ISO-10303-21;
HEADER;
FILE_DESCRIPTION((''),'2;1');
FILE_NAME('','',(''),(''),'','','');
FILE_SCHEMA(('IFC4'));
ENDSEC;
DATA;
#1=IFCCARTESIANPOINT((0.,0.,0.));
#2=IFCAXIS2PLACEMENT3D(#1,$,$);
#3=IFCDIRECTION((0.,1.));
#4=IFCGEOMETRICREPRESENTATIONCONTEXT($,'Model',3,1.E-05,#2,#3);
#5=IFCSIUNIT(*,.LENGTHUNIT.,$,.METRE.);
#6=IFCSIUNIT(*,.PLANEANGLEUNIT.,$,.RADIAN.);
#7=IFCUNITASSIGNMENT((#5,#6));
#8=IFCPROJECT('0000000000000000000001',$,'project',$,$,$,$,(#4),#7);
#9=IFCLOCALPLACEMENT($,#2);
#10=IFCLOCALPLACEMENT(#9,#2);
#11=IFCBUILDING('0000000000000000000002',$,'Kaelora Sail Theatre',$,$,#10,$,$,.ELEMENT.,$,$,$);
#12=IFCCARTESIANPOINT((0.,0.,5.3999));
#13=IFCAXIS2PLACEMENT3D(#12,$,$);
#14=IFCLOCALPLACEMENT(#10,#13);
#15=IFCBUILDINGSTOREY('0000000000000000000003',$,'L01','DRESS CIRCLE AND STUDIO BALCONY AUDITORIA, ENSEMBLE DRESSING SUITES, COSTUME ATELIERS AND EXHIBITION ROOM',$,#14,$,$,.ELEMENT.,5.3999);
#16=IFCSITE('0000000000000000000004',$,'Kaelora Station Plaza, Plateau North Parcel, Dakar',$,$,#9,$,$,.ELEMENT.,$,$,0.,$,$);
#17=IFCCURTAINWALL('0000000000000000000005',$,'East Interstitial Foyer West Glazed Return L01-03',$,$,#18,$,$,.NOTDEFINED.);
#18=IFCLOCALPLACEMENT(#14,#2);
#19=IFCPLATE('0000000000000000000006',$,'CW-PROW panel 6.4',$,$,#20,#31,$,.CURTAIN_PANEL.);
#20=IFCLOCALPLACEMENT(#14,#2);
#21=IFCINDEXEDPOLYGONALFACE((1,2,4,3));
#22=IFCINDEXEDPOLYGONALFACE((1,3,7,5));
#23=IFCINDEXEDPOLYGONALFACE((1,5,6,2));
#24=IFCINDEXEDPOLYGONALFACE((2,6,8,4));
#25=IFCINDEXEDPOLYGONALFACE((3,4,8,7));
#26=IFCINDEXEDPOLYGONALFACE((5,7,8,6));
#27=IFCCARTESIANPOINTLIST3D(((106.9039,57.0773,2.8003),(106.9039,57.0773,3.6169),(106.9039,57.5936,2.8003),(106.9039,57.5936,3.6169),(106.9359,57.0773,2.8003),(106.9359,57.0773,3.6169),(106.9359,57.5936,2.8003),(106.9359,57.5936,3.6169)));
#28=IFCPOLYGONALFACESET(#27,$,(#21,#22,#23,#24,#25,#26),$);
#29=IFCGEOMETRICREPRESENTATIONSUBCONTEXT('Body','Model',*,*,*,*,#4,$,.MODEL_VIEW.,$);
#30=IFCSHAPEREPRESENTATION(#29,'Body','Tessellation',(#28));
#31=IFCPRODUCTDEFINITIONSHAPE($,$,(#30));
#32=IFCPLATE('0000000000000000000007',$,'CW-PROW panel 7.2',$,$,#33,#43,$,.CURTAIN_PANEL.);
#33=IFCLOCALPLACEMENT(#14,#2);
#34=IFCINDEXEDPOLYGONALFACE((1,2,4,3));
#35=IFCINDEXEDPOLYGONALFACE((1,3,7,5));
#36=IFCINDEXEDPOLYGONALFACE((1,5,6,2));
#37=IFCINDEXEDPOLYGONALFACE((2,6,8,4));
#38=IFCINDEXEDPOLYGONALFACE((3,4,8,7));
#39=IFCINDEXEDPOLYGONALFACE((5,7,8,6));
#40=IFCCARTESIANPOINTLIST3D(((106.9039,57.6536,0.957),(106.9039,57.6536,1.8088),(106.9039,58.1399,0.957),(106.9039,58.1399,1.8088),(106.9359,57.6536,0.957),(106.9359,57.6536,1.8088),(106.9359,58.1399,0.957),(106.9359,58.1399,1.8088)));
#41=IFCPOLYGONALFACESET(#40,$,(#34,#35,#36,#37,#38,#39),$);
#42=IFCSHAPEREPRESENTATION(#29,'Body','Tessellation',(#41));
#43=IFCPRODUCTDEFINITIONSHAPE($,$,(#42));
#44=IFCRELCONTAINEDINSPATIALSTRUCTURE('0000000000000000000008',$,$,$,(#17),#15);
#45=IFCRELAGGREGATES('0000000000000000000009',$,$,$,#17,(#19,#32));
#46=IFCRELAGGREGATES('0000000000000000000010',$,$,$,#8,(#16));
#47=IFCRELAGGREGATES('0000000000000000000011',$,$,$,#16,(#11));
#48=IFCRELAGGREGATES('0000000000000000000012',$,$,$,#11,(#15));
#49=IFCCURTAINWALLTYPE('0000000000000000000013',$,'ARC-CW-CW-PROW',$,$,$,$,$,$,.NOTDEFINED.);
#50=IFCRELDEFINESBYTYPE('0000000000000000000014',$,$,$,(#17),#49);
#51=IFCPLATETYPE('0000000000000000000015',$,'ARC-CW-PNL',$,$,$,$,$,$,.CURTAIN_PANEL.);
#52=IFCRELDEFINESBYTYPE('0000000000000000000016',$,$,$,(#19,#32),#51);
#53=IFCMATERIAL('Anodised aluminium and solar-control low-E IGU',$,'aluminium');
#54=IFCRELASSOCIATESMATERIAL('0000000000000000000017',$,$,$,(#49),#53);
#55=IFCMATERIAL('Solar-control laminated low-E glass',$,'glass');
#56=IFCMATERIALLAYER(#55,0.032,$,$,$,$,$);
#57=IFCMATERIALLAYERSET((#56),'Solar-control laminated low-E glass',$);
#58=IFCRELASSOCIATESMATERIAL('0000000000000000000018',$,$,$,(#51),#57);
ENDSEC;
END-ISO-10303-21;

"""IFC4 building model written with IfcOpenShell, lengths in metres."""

from ifc_helpers import new_model, si_unit, direction, frame, origin, origin_2d, place, context, subcontext, project, spatial, rectangle, extrude, material, layer, layer_set, type_object, element, aggregate, save


model = new_model("IFC4")

# Units and contexts
model_context = context("Model", 3, precision=1e-05, world=origin(), true_north=direction((0.0, 1.0)))
body_context = subcontext(model_context, "Body", "Model", "MODEL_VIEW")
ifc_project = project(units=[si_unit("LENGTHUNIT", "METRE"), si_unit("PLANEANGLEUNIT", "RADIAN")], contexts=[model_context])

# Site, building, storey
site_placement = place(None, origin())
site = spatial("IfcSite", under=ifc_project, at=site_placement, Name="Kaelora Station Plaza, Plateau North Parcel, Dakar", CompositionType="ELEMENT", RefElevation=0.0)
building_placement = place(site_placement, origin())
building = spatial("IfcBuilding", under=site, at=building_placement, Name="Kaelora Sail Theatre", CompositionType="ELEMENT")
storey_placement = place(building_placement, frame((0.0, 0.0, 5.3999)))
storey = spatial("IfcBuildingStorey", under=building, at=storey_placement, Name="L01", Description="DRESS CIRCLE AND STUDIO BALCONY AUDITORIA, ENSEMBLE DRESSING SUITES, COSTUME ATELIERS AND EXHIBITION ROOM", CompositionType="ELEMENT", Elevation=5.3999)

# Curtain wall, plates
ifc_material_1 = material(Name="Anodised aluminium and solar-control low-E IGU", Category="aluminium")
curtain_wall_type = type_object("IfcCurtainWallType", Name="ARC-CW-CW-PROW", PredefinedType="NOTDEFINED", material=ifc_material_1)
curtain_wall_placement = place(storey_placement, origin())
curtain_wall = element("IfcCurtainWall", 1, at=curtain_wall_placement, inside=storey, type_object=curtain_wall_type, Name="East Interstitial Foyer West Glazed Return L01-03", PredefinedType="NOTDEFINED")
ifc_material_2 = material(Name="Solar-control laminated low-E glass", Category="glass")
ifc_layer = layer(ifc_material_2, 0.032)
ifc_layer_set = layer_set([ifc_layer], Name="Solar-control laminated low-E glass")
plate_type = type_object("IfcPlateType", Name="ARC-CW-PNL", PredefinedType="CURTAIN_PANEL", material=ifc_layer_set)
plate_1_placement = place(storey_placement, frame((106.9199, 57.3354, 2.8003), z_axis=(0.0, 0.0, 1.0), x_axis=(0.0, 1.0, 0.0)))
plate_1 = element("IfcPlate", 2, at=plate_1_placement, type_object=plate_type, Name="CW-PROW panel 6.4", PredefinedType="CURTAIN_PANEL", context=body_context, shape_type="SweptSolid", body=[
    extrude(rectangle(XDim=0.5164, YDim=0.032, at=origin_2d()), origin(), (0.0, 0.0, 1.0), 0.8167),
])
plate_2_placement = place(storey_placement, frame((106.9199, 57.8967, 0.957), z_axis=(0.0, 0.0, 1.0), x_axis=(0.0, 1.0, 0.0)))
plate_2 = element("IfcPlate", 3, at=plate_2_placement, type_object=plate_type, Name="CW-PROW panel 7.2", PredefinedType="CURTAIN_PANEL", context=body_context, shape_type="SweptSolid", body=[
    extrude(rectangle(XDim=0.4863, YDim=0.032, at=origin_2d()), origin(), (0.0, 0.0, 1.0), 0.8518),
])
aggregate(curtain_wall, [plate_1, plate_2])

save(model, "model.ifc")
